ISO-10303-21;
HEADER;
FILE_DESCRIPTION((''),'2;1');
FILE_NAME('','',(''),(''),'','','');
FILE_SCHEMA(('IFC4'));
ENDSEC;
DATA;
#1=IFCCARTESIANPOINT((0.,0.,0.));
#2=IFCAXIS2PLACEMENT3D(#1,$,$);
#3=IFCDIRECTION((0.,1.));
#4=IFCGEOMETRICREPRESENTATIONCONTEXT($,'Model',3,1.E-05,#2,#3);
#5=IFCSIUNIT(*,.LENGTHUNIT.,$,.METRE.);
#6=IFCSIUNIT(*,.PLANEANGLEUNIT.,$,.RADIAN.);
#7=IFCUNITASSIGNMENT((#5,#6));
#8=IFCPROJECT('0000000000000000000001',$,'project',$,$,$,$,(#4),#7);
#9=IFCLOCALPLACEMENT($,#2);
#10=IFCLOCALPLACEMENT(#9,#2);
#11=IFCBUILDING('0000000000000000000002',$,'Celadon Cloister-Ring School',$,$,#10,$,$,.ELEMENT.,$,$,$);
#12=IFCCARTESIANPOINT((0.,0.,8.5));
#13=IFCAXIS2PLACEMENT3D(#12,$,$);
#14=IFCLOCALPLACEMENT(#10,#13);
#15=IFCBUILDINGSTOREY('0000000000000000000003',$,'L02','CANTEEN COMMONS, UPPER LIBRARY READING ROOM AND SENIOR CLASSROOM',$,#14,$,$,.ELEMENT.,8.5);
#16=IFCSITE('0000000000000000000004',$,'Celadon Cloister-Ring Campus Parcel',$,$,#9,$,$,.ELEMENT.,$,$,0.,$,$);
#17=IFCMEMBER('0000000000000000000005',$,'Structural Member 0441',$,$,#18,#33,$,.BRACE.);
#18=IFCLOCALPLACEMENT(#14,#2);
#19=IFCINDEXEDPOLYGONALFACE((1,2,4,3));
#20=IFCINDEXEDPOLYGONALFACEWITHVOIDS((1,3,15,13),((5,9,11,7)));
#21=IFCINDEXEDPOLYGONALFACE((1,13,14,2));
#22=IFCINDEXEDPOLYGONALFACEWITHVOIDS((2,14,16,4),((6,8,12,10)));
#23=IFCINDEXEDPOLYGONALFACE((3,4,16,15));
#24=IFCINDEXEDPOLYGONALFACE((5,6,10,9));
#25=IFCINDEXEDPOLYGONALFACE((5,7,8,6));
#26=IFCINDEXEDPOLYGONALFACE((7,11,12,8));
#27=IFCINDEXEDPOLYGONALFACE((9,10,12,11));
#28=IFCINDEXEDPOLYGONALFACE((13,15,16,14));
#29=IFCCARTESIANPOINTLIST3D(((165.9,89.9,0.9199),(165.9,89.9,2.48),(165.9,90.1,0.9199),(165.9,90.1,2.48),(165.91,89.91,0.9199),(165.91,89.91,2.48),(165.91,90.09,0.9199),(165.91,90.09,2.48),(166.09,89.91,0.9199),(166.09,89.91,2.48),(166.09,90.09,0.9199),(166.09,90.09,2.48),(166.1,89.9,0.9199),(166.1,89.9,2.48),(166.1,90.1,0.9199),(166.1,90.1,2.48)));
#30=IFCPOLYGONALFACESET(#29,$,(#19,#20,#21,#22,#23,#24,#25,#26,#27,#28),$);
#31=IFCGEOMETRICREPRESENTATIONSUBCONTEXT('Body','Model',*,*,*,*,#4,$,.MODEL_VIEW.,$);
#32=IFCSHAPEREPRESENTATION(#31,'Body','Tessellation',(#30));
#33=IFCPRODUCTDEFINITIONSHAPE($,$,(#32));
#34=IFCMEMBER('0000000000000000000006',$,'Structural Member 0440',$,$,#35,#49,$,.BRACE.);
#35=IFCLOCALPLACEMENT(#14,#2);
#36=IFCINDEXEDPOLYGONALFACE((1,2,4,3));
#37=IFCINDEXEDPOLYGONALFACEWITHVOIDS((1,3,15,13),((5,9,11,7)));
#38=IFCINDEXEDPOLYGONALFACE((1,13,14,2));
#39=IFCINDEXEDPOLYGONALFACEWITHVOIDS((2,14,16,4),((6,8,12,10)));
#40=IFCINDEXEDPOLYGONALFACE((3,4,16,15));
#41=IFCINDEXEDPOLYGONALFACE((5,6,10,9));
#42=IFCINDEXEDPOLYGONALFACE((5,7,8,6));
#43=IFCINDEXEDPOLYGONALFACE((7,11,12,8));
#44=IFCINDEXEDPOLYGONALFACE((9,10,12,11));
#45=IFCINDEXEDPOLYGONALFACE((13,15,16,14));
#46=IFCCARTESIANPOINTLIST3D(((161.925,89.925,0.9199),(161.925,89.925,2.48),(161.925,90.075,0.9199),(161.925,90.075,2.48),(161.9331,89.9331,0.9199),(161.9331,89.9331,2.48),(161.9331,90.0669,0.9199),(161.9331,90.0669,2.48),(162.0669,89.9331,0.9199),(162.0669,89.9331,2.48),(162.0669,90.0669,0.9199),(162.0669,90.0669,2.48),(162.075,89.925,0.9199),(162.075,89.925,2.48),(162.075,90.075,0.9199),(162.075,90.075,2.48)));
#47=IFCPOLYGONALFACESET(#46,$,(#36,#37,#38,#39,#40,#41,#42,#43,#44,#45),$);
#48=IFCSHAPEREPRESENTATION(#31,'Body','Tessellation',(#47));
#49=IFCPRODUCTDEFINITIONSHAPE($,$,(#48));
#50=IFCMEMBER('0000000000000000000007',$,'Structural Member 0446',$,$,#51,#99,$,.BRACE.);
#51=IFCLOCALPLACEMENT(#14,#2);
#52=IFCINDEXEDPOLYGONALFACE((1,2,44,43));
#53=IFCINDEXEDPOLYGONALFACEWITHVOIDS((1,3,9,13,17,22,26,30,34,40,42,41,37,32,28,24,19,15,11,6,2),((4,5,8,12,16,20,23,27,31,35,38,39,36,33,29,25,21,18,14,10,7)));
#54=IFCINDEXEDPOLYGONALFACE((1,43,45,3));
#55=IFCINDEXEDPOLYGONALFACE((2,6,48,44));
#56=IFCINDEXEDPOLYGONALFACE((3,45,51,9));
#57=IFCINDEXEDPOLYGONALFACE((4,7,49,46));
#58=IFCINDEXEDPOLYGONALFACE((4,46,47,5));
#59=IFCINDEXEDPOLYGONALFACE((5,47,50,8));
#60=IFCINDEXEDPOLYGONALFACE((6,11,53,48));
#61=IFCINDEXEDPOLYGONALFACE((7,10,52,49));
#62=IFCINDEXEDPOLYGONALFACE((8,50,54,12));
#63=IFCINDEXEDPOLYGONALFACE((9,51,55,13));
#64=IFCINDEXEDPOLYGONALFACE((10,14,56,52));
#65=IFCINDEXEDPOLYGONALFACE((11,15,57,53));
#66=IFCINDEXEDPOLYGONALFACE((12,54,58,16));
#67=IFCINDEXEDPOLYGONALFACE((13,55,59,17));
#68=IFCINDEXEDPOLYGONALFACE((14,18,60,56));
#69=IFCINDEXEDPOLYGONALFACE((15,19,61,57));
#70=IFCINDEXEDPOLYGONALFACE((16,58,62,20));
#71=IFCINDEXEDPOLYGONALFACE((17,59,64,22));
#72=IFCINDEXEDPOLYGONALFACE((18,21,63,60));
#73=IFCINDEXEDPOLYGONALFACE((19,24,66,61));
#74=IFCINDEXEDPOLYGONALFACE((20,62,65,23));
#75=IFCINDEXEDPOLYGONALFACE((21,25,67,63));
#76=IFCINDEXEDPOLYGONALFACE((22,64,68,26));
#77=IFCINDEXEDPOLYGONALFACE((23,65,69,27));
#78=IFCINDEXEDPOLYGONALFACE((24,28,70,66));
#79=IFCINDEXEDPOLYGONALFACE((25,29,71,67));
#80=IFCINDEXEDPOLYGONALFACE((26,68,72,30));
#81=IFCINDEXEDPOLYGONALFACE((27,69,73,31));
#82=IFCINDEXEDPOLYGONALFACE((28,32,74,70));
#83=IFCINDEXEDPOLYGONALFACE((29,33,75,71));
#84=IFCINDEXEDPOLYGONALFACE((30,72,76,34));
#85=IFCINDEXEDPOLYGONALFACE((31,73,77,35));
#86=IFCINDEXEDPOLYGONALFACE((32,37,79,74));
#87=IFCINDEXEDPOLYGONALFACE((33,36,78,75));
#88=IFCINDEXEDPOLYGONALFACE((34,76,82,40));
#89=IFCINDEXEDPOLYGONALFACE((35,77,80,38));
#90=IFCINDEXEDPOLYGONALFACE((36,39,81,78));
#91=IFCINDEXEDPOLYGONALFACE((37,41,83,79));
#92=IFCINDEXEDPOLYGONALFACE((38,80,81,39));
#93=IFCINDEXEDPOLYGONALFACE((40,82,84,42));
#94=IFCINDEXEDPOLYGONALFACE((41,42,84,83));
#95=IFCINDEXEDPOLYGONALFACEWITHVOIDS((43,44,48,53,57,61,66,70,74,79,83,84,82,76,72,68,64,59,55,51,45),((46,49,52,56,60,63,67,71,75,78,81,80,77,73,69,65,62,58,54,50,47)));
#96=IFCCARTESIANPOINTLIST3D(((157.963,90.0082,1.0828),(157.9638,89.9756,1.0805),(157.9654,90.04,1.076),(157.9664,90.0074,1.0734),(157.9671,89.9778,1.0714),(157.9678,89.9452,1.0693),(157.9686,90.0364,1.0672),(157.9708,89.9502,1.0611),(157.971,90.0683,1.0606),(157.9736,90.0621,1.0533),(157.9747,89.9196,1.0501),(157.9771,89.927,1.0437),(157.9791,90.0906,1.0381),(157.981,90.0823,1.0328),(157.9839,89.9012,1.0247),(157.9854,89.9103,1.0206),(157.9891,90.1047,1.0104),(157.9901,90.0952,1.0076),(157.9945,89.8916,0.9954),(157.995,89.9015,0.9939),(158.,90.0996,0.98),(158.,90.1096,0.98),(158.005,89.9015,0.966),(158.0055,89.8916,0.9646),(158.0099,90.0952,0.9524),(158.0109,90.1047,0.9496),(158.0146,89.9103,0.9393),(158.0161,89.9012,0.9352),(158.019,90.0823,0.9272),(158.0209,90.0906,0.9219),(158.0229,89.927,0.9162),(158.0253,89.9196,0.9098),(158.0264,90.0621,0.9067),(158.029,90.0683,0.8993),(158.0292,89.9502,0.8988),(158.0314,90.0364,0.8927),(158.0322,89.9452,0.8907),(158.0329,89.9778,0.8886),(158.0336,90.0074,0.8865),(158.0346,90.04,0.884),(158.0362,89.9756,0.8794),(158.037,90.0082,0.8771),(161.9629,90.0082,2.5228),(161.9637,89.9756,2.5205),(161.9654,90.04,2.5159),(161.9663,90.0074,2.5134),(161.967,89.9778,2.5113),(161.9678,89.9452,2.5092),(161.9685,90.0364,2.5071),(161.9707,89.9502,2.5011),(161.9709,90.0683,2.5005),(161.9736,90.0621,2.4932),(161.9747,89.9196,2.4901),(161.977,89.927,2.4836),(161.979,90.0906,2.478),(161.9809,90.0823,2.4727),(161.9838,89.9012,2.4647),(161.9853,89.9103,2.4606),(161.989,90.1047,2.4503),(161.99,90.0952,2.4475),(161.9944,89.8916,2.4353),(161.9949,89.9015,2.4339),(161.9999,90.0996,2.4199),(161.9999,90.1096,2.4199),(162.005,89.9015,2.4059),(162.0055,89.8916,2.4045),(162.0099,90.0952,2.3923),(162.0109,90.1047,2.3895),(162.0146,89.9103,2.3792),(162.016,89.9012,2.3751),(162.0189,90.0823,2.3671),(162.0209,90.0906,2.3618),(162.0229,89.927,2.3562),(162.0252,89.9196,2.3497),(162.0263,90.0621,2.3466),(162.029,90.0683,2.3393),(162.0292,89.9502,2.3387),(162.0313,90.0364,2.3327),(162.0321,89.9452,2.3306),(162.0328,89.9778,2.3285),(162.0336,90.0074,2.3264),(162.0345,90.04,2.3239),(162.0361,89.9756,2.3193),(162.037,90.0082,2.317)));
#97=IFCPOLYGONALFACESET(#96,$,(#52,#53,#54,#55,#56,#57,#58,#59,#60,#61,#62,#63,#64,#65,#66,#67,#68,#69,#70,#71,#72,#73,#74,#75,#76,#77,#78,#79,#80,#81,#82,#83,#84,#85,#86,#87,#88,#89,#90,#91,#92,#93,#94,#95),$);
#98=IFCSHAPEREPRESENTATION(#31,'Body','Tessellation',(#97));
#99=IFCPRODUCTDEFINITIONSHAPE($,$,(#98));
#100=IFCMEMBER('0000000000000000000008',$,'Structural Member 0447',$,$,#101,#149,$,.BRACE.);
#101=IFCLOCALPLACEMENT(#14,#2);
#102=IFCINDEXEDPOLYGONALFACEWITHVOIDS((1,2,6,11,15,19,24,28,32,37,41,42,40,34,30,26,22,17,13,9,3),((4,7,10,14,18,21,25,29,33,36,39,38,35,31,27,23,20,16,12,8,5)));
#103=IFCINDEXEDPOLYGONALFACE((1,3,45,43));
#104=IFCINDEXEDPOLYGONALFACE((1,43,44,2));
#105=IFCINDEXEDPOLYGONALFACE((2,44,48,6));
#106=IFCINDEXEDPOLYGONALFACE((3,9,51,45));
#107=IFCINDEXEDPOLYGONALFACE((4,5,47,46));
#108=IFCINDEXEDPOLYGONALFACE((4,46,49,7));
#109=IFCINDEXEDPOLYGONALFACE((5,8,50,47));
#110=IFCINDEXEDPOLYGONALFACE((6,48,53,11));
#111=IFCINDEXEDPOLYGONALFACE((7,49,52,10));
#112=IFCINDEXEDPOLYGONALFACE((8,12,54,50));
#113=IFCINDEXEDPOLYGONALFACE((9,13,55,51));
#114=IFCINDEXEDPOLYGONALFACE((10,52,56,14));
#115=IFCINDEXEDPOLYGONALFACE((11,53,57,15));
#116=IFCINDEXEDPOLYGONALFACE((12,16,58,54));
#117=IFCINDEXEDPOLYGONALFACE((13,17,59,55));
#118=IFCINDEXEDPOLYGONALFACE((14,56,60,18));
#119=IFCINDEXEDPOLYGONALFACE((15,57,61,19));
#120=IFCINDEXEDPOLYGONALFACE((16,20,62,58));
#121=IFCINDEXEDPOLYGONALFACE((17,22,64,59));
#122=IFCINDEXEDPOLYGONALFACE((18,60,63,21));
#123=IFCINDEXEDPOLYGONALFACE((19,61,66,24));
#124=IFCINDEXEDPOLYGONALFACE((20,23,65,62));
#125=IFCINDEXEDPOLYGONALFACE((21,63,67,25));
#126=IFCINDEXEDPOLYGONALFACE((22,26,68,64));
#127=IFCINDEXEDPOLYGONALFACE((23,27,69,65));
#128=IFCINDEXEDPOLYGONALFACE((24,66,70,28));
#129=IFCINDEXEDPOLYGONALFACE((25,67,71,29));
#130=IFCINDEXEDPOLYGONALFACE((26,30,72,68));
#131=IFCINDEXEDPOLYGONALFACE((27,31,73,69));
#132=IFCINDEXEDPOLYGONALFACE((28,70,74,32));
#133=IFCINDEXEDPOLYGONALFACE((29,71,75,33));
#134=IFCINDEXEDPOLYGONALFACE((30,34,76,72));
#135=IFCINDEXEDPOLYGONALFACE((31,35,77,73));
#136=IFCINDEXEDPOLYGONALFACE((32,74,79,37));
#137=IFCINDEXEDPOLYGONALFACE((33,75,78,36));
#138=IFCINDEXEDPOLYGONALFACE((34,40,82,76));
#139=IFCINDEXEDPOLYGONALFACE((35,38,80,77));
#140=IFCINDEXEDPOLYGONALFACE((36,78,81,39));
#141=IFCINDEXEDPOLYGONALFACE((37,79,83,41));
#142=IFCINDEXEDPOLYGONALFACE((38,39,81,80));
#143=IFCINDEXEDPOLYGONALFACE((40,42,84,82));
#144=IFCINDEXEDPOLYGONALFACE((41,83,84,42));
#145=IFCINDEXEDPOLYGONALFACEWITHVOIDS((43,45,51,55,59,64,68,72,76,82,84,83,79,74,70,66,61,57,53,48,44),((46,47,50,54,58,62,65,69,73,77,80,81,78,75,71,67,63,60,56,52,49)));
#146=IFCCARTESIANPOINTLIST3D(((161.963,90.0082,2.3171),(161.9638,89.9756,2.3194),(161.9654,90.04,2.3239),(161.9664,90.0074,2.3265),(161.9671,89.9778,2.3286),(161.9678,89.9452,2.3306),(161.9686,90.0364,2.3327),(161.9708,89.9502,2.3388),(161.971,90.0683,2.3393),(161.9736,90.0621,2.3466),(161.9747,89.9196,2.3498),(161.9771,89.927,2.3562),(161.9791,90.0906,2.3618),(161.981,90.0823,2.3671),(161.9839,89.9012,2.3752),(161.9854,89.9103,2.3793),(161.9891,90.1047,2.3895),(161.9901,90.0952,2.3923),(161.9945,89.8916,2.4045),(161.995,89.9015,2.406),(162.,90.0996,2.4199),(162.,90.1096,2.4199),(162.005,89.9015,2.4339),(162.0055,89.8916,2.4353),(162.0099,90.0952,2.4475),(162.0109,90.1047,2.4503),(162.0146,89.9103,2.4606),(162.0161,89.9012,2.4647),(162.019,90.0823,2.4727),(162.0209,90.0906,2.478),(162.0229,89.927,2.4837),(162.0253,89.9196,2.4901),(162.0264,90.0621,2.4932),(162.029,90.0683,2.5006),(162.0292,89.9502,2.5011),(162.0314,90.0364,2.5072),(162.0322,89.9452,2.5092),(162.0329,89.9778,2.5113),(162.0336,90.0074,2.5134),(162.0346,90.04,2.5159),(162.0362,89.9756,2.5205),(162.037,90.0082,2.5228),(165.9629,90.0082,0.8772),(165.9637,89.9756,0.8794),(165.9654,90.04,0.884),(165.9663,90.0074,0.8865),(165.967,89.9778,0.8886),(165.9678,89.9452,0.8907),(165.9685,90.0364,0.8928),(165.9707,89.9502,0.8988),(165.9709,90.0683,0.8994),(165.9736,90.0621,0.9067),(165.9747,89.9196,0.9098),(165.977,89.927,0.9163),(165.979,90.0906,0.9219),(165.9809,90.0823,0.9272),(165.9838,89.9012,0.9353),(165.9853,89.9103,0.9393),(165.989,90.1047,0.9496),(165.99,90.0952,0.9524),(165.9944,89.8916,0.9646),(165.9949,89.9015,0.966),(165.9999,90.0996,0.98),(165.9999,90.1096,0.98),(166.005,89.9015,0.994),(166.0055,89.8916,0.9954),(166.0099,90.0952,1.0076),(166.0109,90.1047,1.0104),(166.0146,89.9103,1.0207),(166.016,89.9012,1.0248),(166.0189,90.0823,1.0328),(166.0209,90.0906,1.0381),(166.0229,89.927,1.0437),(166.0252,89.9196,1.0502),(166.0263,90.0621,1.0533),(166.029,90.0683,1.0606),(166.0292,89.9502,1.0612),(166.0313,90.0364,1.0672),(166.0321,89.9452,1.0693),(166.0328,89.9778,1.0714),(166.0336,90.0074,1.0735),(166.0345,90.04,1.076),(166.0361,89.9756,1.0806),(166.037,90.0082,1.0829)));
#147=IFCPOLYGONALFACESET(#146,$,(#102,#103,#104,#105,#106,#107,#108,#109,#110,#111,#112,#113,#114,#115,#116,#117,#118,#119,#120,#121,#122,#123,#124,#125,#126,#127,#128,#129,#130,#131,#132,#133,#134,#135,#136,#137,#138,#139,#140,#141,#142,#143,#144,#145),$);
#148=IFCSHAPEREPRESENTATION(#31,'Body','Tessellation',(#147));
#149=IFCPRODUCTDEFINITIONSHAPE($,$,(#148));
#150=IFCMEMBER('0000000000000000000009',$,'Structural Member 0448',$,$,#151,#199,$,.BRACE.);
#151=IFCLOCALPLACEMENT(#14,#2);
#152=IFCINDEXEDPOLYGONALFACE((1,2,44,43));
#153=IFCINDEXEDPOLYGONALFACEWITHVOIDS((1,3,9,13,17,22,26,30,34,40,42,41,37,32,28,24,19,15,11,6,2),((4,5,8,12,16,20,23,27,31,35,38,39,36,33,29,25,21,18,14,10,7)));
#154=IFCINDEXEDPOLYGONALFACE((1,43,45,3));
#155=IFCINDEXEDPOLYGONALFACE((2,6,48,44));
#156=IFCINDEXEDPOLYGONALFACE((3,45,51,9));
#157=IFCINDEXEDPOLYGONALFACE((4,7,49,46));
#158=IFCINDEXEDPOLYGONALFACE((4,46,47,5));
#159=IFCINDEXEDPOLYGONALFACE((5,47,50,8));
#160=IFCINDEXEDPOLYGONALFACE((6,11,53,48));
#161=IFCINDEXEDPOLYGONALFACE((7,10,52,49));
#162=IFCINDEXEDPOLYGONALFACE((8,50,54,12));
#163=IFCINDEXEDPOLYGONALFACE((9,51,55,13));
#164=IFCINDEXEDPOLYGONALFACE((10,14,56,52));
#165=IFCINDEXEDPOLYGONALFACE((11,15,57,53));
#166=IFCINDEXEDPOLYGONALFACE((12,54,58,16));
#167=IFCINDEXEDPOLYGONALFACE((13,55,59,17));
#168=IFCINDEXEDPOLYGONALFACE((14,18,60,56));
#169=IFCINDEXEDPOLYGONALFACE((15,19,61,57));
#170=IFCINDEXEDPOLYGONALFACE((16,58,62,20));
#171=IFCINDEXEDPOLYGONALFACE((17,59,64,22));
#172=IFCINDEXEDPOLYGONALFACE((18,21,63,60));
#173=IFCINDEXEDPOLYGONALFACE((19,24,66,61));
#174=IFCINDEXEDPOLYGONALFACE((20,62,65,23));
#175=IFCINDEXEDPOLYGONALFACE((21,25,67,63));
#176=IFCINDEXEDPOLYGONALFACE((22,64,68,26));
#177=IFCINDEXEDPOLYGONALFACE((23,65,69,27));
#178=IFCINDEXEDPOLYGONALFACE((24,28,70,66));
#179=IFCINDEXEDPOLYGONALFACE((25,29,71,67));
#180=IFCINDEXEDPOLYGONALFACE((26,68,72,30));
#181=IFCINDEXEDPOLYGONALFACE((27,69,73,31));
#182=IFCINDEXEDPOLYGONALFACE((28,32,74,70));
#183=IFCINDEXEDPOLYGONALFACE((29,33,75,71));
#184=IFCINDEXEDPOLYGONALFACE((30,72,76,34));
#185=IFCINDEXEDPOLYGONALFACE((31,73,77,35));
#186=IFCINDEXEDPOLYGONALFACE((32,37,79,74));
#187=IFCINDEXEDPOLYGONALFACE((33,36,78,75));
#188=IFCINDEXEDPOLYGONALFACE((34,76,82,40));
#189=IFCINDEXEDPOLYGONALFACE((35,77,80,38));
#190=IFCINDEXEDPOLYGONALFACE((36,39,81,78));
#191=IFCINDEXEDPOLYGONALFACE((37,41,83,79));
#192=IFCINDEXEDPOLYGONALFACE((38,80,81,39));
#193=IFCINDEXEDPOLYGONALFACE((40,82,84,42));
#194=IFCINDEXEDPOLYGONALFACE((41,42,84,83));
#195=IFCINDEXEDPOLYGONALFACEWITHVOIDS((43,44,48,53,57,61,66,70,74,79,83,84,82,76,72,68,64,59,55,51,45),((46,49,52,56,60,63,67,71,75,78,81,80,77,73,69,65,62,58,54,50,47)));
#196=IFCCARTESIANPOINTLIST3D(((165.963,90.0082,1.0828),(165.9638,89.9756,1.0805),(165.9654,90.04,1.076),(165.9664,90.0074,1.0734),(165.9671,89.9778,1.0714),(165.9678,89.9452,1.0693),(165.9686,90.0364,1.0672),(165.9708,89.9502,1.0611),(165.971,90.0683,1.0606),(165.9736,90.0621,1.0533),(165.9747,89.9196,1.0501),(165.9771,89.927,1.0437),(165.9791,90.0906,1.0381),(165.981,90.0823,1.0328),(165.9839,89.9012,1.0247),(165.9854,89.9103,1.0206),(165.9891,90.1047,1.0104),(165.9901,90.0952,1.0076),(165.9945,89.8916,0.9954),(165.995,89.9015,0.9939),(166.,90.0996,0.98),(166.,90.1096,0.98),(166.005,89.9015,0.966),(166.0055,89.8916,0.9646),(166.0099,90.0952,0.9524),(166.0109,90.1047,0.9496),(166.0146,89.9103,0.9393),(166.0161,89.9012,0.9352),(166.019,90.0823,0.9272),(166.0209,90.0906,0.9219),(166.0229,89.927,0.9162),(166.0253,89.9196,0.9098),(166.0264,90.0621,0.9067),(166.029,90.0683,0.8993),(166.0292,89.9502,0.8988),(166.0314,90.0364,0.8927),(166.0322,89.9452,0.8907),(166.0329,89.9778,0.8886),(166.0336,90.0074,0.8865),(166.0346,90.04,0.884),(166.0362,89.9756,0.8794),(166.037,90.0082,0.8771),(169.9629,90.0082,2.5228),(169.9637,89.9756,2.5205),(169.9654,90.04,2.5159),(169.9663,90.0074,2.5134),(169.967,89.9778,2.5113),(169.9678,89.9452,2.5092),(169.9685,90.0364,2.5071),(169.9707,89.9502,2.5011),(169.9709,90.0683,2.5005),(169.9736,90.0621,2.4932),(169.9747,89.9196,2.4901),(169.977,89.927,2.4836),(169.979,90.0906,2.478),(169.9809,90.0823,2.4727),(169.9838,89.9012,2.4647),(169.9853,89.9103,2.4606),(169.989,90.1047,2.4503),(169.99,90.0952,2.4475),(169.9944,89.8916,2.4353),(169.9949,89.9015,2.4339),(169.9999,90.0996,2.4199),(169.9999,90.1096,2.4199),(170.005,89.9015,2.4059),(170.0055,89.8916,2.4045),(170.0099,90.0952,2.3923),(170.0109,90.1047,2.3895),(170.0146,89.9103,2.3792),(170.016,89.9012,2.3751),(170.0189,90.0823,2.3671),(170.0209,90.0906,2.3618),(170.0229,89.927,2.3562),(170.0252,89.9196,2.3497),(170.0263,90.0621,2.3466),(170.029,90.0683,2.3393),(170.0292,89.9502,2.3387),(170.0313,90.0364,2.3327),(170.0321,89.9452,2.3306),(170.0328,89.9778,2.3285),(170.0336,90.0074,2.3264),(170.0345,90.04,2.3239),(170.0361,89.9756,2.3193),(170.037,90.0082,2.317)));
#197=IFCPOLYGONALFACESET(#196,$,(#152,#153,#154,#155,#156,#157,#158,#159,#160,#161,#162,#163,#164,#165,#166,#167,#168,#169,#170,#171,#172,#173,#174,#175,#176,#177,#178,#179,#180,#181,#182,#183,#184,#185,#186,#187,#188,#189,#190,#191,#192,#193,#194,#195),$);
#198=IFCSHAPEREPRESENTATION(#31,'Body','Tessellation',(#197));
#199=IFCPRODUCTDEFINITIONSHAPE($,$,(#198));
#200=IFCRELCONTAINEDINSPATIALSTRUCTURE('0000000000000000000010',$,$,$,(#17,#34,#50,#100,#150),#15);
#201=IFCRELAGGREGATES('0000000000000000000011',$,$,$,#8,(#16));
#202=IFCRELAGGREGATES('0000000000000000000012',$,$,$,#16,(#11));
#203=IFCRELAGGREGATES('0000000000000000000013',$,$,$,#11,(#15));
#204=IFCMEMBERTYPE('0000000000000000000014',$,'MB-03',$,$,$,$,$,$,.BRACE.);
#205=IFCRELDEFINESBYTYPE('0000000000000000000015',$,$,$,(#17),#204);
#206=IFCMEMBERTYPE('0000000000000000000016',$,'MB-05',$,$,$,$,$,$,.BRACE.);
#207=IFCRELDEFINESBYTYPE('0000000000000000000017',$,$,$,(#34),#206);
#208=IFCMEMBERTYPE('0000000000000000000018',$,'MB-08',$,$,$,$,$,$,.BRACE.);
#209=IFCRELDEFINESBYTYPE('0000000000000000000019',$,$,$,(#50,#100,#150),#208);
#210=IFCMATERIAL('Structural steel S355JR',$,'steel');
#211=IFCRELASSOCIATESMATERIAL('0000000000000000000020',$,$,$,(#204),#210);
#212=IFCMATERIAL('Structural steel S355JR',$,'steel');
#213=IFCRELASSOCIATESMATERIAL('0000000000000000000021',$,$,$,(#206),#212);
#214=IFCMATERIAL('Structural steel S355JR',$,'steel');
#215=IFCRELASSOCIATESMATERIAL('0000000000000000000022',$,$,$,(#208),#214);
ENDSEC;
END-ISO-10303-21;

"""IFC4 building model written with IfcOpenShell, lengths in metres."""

from ifc_helpers import new_model, si_unit, direction, frame, origin, origin_2d, place, context, subcontext, project, spatial, hollow_rectangle, hollow_circle, extrude, material, material_profile, profile_set, type_object, element, save


model = new_model("IFC4")

# Units and contexts
model_context = context("Model", 3, precision=1e-05, world=origin(), true_north=direction((0.0, 1.0)))
body_context = subcontext(model_context, "Body", "Model", "MODEL_VIEW")
ifc_project = project(units=[si_unit("LENGTHUNIT", "METRE"), si_unit("PLANEANGLEUNIT", "RADIAN")], contexts=[model_context])

# Site, building, storey
site_placement = place(None, origin())
site = spatial("IfcSite", under=ifc_project, at=site_placement, Name="Celadon Cloister-Ring Campus Parcel", CompositionType="ELEMENT", RefElevation=0.0)
building_placement = place(site_placement, origin())
building = spatial("IfcBuilding", under=site, at=building_placement, Name="Celadon Cloister-Ring School", CompositionType="ELEMENT")
storey_placement = place(building_placement, frame((0.0, 0.0, 8.5)))
storey = spatial("IfcBuildingStorey", under=building, at=storey_placement, Name="L02", Description="CANTEEN COMMONS, UPPER LIBRARY READING ROOM AND SENIOR CLASSROOM", CompositionType="ELEMENT", Elevation=8.5)

# Members
ifc_material_1 = material(Name="Structural steel S355JR", Category="steel")
ifc_material_profile_1 = material_profile(ifc_material_1, hollow_rectangle(XDim=0.2, YDim=0.2, WallThickness=0.01, at=origin_2d()), Name="HSS200X200X10")
ifc_profile_set_1 = profile_set([ifc_material_profile_1], Name="Structural steel S355JR")
member_type_1 = type_object("IfcMemberType", Name="MB-03", PredefinedType="BRACE", material=ifc_profile_set_1)
member_1_placement = place(storey_placement, frame((166.0, 90.0, 0.9199), z_axis=(0.0, 0.0, 1.0), x_axis=(1.0, 0.0, 0.0)))
element("IfcMember", 1, at=member_1_placement, inside=storey, type_object=member_type_1, Name="Structural Member 0441", PredefinedType="BRACE", context=body_context, shape_type="SweptSolid", body=[
    extrude(hollow_rectangle(XDim=0.2, YDim=0.2, WallThickness=0.01, at=origin_2d()), origin(), (0.0, 0.0, 1.0), 1.5601),
])
ifc_material_2 = material(Name="Structural steel S355JR", Category="steel")
ifc_material_profile_2 = material_profile(ifc_material_2, hollow_rectangle(XDim=0.1499, YDim=0.1499, WallThickness=0.0081, at=origin_2d()), Name="HSS150X150X8")
ifc_profile_set_2 = profile_set([ifc_material_profile_2], Name="Structural steel S355JR")
member_type_2 = type_object("IfcMemberType", Name="MB-05", PredefinedType="BRACE", material=ifc_profile_set_2)
member_2_placement = place(storey_placement, frame((162.0, 90.0, 0.9199), z_axis=(0.0, 0.0, 1.0), x_axis=(1.0, 0.0, 0.0)))
element("IfcMember", 2, at=member_2_placement, inside=storey, type_object=member_type_2, Name="Structural Member 0440", PredefinedType="BRACE", context=body_context, shape_type="SweptSolid", body=[
    extrude(hollow_rectangle(XDim=0.1499, YDim=0.1499, WallThickness=0.0081, at=origin_2d()), origin(), (0.0, 0.0, 1.0), 1.5601),
])
ifc_material_3 = material(Name="Structural steel S355JR", Category="steel")
ifc_material_profile_3 = material_profile(ifc_material_3, hollow_circle(Radius=0.1096, WallThickness=0.01, at=origin_2d()), Name="CHS219.1X10")
ifc_profile_set_3 = profile_set([ifc_material_profile_3], Name="Structural steel S355JR")
member_type_3 = type_object("IfcMemberType", Name="MB-08", PredefinedType="BRACE", material=ifc_profile_set_3)
for number, where, z_axis, x_axis, name in (
    (3, (158.0, 90.0, 0.98), (0.940892, 0.0, 0.338707), (0.0, 1.0, 0.0), "Structural Member 0446"),
    (4, (162.0, 90.0, 2.4199), (0.940892, 0.0, -0.338707), (0.0, 1.0, 0.0), "Structural Member 0447"),
    (5, (166.0, 90.0, 0.98), (0.940892, 0.0, 0.338707), (0.0, 1.0, 0.0), "Structural Member 0448"),
):
    element("IfcMember", number, at=place(storey_placement, frame(where, z_axis=z_axis, x_axis=x_axis)), inside=storey, type_object=member_type_3, Name=name, PredefinedType="BRACE", context=body_context, shape_type="SweptSolid", body=[
        extrude(hollow_circle(Radius=0.1096, WallThickness=0.01, at=origin_2d()), origin(), (0.0, 0.0, 1.0), 4.2512),
    ])

save(model, "model.ifc")
